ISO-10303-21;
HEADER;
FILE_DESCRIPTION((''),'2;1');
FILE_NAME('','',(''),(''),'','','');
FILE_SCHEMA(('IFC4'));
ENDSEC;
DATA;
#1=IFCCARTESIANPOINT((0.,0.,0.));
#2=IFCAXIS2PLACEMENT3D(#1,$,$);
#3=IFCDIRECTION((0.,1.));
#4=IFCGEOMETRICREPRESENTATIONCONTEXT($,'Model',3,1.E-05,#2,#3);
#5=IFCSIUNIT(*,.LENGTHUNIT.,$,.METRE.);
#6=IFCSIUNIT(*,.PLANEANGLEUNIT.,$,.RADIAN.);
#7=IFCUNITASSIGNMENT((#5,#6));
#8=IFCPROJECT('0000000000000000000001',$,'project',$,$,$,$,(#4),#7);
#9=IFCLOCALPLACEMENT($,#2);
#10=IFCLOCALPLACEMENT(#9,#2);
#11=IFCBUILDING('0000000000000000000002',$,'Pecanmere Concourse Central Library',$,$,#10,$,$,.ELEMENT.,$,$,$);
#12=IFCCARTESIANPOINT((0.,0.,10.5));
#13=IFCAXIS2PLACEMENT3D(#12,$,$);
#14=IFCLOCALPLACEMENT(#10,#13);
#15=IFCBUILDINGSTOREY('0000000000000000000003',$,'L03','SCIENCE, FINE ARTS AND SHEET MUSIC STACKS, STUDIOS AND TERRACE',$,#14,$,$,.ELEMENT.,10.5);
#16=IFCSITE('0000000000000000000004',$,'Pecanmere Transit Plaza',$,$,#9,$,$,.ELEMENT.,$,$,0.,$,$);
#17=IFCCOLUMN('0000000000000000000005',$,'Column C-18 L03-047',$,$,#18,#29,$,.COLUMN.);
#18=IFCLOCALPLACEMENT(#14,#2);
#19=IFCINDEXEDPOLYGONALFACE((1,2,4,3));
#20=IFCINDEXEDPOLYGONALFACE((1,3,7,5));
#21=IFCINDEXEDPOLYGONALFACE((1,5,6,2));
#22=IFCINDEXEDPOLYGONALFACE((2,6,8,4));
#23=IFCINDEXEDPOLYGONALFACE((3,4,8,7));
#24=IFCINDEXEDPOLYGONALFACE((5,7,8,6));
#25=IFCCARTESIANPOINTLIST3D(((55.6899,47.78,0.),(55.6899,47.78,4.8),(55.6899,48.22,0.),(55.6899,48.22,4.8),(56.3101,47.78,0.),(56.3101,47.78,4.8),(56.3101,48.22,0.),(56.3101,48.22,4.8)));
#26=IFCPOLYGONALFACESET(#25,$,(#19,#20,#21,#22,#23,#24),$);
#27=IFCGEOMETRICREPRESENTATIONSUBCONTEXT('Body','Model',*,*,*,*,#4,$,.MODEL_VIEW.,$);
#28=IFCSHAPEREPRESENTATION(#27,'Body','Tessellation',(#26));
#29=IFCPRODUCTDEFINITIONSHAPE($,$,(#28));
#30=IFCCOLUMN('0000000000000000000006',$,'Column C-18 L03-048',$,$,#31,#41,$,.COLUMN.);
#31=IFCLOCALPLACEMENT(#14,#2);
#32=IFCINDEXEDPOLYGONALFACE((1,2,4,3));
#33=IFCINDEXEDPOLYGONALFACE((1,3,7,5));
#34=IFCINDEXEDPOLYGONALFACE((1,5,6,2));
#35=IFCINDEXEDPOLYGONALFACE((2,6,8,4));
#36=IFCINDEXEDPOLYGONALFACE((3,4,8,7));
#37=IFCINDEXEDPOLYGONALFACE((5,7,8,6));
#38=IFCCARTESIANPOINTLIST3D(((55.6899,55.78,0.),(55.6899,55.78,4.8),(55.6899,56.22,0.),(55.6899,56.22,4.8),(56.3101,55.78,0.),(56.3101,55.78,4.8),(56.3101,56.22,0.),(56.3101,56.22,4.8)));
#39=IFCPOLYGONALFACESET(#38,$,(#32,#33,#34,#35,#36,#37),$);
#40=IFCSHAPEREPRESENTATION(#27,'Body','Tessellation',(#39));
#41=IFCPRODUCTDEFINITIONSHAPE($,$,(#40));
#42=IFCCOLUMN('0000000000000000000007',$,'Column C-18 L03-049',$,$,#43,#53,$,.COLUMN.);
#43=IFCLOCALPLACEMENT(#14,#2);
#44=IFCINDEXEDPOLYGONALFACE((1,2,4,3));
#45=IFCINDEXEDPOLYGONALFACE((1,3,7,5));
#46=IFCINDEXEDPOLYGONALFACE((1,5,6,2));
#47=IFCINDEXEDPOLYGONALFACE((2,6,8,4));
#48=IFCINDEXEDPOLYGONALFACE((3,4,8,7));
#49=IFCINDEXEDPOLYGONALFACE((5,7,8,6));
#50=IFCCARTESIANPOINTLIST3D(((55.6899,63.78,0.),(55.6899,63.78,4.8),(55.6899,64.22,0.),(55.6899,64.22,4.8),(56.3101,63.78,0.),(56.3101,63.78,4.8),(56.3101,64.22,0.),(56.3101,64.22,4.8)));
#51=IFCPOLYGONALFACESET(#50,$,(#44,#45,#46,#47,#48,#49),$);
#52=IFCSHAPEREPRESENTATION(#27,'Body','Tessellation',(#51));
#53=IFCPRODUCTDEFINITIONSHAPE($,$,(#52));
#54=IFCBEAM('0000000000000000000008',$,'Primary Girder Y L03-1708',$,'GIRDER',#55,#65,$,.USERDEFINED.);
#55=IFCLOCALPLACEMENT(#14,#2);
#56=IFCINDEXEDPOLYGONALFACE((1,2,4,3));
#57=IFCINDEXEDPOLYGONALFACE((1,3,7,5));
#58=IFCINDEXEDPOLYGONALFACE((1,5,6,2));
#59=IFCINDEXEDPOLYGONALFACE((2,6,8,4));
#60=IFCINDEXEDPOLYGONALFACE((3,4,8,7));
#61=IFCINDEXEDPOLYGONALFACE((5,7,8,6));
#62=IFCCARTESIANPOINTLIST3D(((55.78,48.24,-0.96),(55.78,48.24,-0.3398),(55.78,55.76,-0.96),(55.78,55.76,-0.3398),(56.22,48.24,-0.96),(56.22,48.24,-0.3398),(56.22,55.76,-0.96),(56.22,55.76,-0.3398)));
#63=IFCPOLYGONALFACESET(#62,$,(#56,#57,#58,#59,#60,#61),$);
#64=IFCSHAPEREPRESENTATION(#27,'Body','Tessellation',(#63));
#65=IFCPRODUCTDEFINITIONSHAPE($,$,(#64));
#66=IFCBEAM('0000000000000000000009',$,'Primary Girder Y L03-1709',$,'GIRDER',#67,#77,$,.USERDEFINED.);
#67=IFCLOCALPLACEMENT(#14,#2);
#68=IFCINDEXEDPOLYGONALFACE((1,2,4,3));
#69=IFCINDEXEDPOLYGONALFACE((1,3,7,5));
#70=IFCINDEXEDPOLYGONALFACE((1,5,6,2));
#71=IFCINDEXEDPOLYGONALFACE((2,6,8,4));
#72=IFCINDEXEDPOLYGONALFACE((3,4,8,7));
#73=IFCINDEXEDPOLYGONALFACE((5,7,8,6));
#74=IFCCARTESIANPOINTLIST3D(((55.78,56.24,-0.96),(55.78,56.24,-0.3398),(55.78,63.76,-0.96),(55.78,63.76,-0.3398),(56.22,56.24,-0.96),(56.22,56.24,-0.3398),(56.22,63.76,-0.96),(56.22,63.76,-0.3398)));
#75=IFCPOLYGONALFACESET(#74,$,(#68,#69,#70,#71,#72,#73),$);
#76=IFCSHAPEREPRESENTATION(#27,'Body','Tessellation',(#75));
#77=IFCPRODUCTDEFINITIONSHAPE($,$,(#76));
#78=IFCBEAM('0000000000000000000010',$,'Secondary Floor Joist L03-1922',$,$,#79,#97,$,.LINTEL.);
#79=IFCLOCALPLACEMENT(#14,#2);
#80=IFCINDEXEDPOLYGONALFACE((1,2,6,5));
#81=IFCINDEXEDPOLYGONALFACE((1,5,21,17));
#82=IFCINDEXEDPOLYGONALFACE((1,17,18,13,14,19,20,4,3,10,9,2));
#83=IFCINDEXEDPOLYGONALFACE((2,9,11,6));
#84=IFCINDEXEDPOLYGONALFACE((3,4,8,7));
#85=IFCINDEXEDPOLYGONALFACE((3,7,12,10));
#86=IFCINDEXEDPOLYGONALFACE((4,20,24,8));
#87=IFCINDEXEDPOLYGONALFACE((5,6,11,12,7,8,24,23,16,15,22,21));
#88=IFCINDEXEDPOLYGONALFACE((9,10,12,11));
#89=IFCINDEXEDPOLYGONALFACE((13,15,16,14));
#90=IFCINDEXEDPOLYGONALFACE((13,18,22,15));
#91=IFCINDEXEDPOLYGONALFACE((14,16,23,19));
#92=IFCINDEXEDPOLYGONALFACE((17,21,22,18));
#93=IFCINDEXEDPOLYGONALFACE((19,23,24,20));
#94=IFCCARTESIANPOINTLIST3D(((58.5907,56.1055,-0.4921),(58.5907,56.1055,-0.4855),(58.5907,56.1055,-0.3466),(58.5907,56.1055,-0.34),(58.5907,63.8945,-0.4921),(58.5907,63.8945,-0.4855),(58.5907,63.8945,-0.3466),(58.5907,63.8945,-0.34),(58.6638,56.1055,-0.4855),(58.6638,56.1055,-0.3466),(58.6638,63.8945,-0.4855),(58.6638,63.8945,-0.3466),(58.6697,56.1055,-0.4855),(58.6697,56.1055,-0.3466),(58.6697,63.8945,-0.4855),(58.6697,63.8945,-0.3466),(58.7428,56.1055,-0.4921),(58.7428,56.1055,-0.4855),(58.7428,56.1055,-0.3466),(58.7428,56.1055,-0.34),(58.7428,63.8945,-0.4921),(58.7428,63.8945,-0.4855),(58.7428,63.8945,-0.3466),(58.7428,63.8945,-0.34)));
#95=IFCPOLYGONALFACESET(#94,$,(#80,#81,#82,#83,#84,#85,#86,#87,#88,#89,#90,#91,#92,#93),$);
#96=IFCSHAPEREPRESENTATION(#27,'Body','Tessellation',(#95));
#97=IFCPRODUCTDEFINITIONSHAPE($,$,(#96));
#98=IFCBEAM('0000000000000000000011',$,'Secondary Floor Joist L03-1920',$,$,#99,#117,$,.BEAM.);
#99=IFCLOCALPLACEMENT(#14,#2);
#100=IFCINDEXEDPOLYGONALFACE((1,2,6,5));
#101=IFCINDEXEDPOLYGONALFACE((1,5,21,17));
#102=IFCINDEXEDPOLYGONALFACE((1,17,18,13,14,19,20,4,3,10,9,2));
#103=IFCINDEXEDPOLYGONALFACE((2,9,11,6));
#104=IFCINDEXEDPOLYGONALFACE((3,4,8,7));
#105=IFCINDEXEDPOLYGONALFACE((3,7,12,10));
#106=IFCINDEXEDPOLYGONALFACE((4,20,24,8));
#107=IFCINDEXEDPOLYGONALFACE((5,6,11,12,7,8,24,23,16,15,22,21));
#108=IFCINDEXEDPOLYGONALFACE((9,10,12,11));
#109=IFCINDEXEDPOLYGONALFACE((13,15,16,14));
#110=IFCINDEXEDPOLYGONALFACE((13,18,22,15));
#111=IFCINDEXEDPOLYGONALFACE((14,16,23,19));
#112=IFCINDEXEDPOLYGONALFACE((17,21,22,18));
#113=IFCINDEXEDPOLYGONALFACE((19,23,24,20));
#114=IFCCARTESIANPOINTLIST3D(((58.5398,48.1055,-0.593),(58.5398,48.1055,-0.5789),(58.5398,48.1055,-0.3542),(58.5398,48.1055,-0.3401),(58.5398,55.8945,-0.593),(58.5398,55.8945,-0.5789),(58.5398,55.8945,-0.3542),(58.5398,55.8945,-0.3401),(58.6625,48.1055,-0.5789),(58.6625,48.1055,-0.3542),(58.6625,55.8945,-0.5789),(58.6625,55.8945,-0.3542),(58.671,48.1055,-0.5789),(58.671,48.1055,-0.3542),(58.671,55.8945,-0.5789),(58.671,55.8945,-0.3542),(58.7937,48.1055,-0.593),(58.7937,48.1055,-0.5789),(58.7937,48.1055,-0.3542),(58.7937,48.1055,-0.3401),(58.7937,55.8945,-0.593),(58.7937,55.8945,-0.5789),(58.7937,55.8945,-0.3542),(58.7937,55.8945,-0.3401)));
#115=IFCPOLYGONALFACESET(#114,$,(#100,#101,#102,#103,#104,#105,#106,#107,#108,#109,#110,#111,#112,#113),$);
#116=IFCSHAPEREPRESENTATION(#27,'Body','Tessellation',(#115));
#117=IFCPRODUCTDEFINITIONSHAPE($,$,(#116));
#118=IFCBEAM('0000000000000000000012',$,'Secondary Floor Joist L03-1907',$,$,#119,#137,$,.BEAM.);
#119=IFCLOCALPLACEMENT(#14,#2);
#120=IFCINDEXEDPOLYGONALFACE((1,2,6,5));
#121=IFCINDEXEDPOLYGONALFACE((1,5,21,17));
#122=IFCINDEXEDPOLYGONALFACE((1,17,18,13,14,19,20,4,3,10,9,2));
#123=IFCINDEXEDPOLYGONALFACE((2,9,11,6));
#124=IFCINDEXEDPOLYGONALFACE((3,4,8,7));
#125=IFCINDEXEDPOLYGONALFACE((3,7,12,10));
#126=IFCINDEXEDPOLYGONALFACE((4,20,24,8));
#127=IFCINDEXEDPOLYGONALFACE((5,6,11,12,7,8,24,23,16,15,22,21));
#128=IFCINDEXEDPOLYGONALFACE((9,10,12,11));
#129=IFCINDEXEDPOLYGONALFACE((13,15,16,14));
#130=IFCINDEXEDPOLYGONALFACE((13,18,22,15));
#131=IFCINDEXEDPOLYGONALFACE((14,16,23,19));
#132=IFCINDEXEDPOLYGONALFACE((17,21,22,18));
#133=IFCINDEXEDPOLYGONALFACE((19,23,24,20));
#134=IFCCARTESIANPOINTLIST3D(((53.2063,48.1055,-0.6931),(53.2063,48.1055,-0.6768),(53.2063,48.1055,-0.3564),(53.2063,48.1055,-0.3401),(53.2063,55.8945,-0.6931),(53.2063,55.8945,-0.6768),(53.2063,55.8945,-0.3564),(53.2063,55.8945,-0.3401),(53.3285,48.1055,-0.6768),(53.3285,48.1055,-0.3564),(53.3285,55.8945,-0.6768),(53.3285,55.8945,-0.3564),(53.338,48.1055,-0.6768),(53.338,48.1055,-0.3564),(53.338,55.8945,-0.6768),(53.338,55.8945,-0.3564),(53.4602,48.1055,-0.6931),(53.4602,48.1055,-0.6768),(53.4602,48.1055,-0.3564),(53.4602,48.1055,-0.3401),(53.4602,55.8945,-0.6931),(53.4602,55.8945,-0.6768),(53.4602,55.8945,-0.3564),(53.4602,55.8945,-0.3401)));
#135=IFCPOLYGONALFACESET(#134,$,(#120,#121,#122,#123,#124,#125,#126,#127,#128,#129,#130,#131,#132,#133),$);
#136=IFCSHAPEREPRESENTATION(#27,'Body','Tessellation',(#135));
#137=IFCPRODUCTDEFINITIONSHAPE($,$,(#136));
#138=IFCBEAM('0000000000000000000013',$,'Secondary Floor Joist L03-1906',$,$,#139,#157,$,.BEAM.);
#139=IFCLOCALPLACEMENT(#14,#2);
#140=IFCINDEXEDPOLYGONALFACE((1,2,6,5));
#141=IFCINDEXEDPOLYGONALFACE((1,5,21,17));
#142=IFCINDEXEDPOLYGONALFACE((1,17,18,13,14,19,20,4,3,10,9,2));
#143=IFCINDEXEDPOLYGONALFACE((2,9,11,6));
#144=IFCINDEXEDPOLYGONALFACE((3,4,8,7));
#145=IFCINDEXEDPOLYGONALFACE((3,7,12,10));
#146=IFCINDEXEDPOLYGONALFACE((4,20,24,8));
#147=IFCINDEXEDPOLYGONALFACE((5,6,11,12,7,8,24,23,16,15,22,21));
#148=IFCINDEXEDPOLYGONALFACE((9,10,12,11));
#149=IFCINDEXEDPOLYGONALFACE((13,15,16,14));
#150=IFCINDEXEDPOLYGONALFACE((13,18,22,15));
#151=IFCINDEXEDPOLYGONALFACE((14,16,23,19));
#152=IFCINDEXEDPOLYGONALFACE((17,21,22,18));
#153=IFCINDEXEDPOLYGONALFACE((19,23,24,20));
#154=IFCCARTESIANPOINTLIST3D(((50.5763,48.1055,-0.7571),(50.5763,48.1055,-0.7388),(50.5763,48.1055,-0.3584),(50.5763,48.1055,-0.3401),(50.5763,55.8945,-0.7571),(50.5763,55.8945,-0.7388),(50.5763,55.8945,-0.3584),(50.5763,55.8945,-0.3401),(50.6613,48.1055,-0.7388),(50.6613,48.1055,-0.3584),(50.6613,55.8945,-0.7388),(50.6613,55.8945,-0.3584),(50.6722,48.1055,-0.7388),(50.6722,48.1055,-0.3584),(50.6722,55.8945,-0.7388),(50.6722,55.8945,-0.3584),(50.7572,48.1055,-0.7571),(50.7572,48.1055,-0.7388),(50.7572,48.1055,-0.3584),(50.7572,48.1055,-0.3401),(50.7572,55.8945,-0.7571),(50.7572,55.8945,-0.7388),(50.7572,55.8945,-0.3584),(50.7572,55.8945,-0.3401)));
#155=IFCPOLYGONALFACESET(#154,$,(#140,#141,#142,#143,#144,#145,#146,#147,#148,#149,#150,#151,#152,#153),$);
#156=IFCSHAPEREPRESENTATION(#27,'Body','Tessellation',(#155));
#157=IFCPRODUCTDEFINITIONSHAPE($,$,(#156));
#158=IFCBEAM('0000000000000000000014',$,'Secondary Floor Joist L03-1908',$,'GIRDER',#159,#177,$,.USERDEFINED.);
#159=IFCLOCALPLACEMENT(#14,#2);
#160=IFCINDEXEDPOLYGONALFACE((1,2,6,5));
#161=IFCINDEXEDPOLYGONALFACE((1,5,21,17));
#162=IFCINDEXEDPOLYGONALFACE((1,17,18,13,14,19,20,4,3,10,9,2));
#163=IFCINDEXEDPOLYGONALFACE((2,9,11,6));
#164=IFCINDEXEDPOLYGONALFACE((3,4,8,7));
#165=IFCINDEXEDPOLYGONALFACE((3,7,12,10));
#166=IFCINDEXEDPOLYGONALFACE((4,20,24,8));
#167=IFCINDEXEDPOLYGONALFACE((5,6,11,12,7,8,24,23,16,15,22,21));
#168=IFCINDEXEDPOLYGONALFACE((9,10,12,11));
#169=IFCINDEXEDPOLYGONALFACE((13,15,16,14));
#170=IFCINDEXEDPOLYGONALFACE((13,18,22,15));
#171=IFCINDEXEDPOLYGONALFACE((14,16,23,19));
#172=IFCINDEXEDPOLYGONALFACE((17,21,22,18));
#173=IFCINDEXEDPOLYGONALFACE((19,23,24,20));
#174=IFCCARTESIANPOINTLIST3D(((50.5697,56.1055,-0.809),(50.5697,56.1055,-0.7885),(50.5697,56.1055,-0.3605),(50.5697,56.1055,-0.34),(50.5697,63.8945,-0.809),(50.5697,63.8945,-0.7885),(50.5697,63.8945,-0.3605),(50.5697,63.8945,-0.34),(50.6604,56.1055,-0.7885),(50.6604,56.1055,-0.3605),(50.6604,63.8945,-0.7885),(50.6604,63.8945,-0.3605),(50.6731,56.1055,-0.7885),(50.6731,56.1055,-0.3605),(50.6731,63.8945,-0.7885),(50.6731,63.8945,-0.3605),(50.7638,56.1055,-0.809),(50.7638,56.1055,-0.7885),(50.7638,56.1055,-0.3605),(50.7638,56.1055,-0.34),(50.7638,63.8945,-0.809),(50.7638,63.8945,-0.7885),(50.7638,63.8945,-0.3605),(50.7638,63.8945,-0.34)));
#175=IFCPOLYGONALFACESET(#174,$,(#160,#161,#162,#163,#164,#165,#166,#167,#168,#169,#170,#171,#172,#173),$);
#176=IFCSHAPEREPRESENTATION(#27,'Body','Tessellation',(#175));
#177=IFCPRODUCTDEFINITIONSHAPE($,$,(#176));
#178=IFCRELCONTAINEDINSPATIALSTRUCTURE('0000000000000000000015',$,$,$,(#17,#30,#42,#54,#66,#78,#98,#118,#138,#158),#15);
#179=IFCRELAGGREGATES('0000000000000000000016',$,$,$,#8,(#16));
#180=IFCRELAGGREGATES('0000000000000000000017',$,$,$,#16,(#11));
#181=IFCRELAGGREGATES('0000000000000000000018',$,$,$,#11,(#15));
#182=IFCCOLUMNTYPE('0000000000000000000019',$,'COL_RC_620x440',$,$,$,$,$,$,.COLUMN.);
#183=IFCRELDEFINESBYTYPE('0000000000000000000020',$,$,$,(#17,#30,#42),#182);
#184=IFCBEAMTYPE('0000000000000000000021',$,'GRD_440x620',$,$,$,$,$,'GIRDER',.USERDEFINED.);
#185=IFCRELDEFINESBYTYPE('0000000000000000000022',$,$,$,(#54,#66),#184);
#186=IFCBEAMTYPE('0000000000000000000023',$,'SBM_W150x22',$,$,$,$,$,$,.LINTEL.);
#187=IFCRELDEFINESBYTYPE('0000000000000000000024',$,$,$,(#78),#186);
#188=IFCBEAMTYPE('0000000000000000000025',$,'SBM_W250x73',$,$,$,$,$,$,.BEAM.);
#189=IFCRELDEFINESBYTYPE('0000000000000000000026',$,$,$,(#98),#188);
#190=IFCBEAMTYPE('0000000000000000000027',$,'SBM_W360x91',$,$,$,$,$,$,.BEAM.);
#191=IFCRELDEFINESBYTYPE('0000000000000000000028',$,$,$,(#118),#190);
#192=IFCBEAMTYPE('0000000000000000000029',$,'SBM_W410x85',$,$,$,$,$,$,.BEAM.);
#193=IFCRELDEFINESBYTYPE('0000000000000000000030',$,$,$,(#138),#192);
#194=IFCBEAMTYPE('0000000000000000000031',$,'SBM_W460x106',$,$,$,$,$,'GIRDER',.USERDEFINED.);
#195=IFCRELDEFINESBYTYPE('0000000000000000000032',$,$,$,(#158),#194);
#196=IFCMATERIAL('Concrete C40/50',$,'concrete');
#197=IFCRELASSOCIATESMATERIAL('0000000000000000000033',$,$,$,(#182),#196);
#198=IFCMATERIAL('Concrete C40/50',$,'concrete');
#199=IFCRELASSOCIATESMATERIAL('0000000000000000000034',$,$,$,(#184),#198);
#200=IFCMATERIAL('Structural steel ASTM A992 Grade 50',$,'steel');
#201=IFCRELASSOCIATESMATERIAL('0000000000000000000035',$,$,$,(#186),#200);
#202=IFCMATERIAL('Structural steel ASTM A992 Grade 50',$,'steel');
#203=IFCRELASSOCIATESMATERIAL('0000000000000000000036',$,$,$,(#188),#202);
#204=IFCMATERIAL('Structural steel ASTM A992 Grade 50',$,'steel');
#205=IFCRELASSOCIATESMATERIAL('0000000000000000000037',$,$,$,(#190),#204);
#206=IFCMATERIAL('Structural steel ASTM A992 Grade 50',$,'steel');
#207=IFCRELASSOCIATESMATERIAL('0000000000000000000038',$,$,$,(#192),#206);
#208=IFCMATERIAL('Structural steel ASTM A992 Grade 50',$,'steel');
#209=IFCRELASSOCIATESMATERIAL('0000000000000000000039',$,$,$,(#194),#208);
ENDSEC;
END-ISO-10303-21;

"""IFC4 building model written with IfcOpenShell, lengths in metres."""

from ifc_helpers import new_model, si_unit, direction, frame, origin, origin_2d, place, context, subcontext, project, spatial, rectangle, i_section, extrude, material, material_profile, profile_set, type_object, element, save


model = new_model("IFC4")

# Units and contexts
model_context = context("Model", 3, precision=1e-05, world=origin(), true_north=direction((0.0, 1.0)))
body_context = subcontext(model_context, "Body", "Model", "MODEL_VIEW")
ifc_project = project(units=[si_unit("LENGTHUNIT", "METRE"), si_unit("PLANEANGLEUNIT", "RADIAN")], contexts=[model_context])

# Site, building, storey
site_placement = place(None, origin())
site = spatial("IfcSite", under=ifc_project, at=site_placement, Name="Pecanmere Transit Plaza", CompositionType="ELEMENT", RefElevation=0.0)
building_placement = place(site_placement, origin())
building = spatial("IfcBuilding", under=site, at=building_placement, Name="Pecanmere Concourse Central Library", CompositionType="ELEMENT")
storey_placement = place(building_placement, frame((0.0, 0.0, 10.5)))
storey = spatial("IfcBuildingStorey", under=building, at=storey_placement, Name="L03", Description="SCIENCE, FINE ARTS AND SHEET MUSIC STACKS, STUDIOS AND TERRACE", CompositionType="ELEMENT", Elevation=10.5)

# Columns
ifc_material_1 = material(Name="Concrete C40/50", Category="concrete")
ifc_material_profile_1 = material_profile(ifc_material_1, rectangle(XDim=0.6201, YDim=0.4399, at=origin_2d()), Name="RC 620x440")
ifc_profile_set_1 = profile_set([ifc_material_profile_1], Name="Concrete C40/50")
column_type = type_object("IfcColumnType", Name="COL_RC_620x440", PredefinedType="COLUMN", material=ifc_profile_set_1)
for number, where, z_axis, x_axis, name in (
    (1, (56.0, 48.0, 0.0), (0.0, 0.0, 1.0), (1.0, 0.0, 0.0), "Column C-18 L03-047"),
    (2, (56.0, 56.0, 0.0), (0.0, 0.0, 1.0), (1.0, 0.0, 0.0), "Column C-18 L03-048"),
    (3, (56.0, 64.0, 0.0), (0.0, 0.0, 1.0), (1.0, 0.0, 0.0), "Column C-18 L03-049"),
):
    element("IfcColumn", number, at=place(storey_placement, frame(where, z_axis=z_axis, x_axis=x_axis)), inside=storey, type_object=column_type, Name=name, PredefinedType="COLUMN", context=body_context, shape_type="SweptSolid", body=[
        extrude(rectangle(XDim=0.6201, YDim=0.4399, at=origin_2d()), origin(), (0.0, 0.0, 1.0), 4.8),
    ])

# Beams
ifc_material_2 = material(Name="Concrete C40/50", Category="concrete")
ifc_material_profile_2 = material_profile(ifc_material_2, rectangle(XDim=0.4399, YDim=0.6201, at=origin_2d()), Name="RC 440x620")
ifc_profile_set_2 = profile_set([ifc_material_profile_2], Name="Concrete C40/50")
beam_type_1 = type_object("IfcBeamType", Name="GRD_440x620", ElementType="GIRDER", PredefinedType="USERDEFINED", material=ifc_profile_set_2)
for number, where, z_axis, x_axis, name in (
    (4, (56.0, 48.24, -0.6499), (0.0, 1.0, 0.0), (-1.0, 0.0, 0.0), "Primary Girder Y L03-1708"),
    (5, (56.0, 56.24, -0.6499), (0.0, 1.0, 0.0), (-1.0, 0.0, 0.0), "Primary Girder Y L03-1709"),
):
    element("IfcBeam", number, at=place(storey_placement, frame(where, z_axis=z_axis, x_axis=x_axis)), inside=storey, type_object=beam_type_1, Name=name, ObjectType="GIRDER", PredefinedType="USERDEFINED", context=body_context, shape_type="SweptSolid", body=[
        extrude(rectangle(XDim=0.4399, YDim=0.6201, at=origin_2d()), origin(), (0.0, 0.0, 1.0), 7.52),
    ])
ifc_material_3 = material(Name="Structural steel ASTM A992 Grade 50", Category="steel")
ifc_material_profile_3 = material_profile(ifc_material_3, i_section(OverallWidth=0.1521, OverallDepth=0.1521, WebThickness=0.0059, FlangeThickness=0.0066, at=origin_2d()), Name="W150x22.5")
ifc_profile_set_3 = profile_set([ifc_material_profile_3], Name="Structural steel ASTM A992 Grade 50")
beam_type_2 = type_object("IfcBeamType", Name="SBM_W150x22", PredefinedType="LINTEL", material=ifc_profile_set_3)
beam_1_placement = place(storey_placement, frame((58.6667, 56.1055, -0.416), z_axis=(0.0, 1.0, 0.0), x_axis=(-1.0, 0.0, 0.0)))
element("IfcBeam", 6, at=beam_1_placement, inside=storey, type_object=beam_type_2, Name="Secondary Floor Joist L03-1922", PredefinedType="LINTEL", context=body_context, shape_type="SweptSolid", body=[
    extrude(i_section(OverallWidth=0.1521, OverallDepth=0.1521, WebThickness=0.0059, FlangeThickness=0.0066, at=origin_2d()), origin(), (0.0, 0.0, 1.0), 7.7891),
])
ifc_material_4 = material(Name="Structural steel ASTM A992 Grade 50", Category="steel")
ifc_material_profile_4 = material_profile(ifc_material_4, i_section(OverallWidth=0.2539, OverallDepth=0.2529, WebThickness=0.0085, FlangeThickness=0.0142, at=origin_2d()), Name="W250x73")
ifc_profile_set_4 = profile_set([ifc_material_profile_4], Name="Structural steel ASTM A992 Grade 50")
beam_type_3 = type_object("IfcBeamType", Name="SBM_W250x73", PredefinedType="BEAM", material=ifc_profile_set_4)
beam_2_placement = place(storey_placement, frame((58.6667, 48.1055, -0.4666), z_axis=(0.0, 1.0, 0.0), x_axis=(-1.0, 0.0, 0.0)))
element("IfcBeam", 7, at=beam_2_placement, inside=storey, type_object=beam_type_3, Name="Secondary Floor Joist L03-1920", PredefinedType="BEAM", context=body_context, shape_type="SweptSolid", body=[
    extrude(i_section(OverallWidth=0.2539, OverallDepth=0.2529, WebThickness=0.0085, FlangeThickness=0.0142, at=origin_2d()), origin(), (0.0, 0.0, 1.0), 7.7891),
])
ifc_material_5 = material(Name="Structural steel ASTM A992 Grade 50", Category="steel")
ifc_material_profile_5 = material_profile(ifc_material_5, i_section(OverallWidth=0.2539, OverallDepth=0.353, WebThickness=0.0095, FlangeThickness=0.0164, at=origin_2d()), Name="W360x91")
ifc_profile_set_5 = profile_set([ifc_material_profile_5], Name="Structural steel ASTM A992 Grade 50")
beam_type_4 = type_object("IfcBeamType", Name="SBM_W360x91", PredefinedType="BEAM", material=ifc_profile_set_5)
beam_3_placement = place(storey_placement, frame((53.3333, 48.1055, -0.5166), z_axis=(0.0, 1.0, 0.0), x_axis=(-1.0, 0.0, 0.0)))
element("IfcBeam", 8, at=beam_3_placement, inside=storey, type_object=beam_type_4, Name="Secondary Floor Joist L03-1907", PredefinedType="BEAM", context=body_context, shape_type="SweptSolid", body=[
    extrude(i_section(OverallWidth=0.2539, OverallDepth=0.353, WebThickness=0.0095, FlangeThickness=0.0164, at=origin_2d()), origin(), (0.0, 0.0, 1.0), 7.7891),
])
ifc_material_6 = material(Name="Structural steel ASTM A992 Grade 50", Category="steel")
ifc_material_profile_6 = material_profile(ifc_material_6, i_section(OverallWidth=0.1809, OverallDepth=0.417, WebThickness=0.011, FlangeThickness=0.0183, at=origin_2d()), Name="W410x85")
ifc_profile_set_6 = profile_set([ifc_material_profile_6], Name="Structural steel ASTM A992 Grade 50")
beam_type_5 = type_object("IfcBeamType", Name="SBM_W410x85", PredefinedType="BEAM", material=ifc_profile_set_6)
beam_4_placement = place(storey_placement, frame((50.6667, 48.1055, -0.5486), z_axis=(0.0, 1.0, 0.0), x_axis=(-1.0, 0.0, 0.0)))
element("IfcBeam", 9, at=beam_4_placement, inside=storey, type_object=beam_type_5, Name="Secondary Floor Joist L03-1906", PredefinedType="BEAM", context=body_context, shape_type="SweptSolid", body=[
    extrude(i_section(OverallWidth=0.1809, OverallDepth=0.417, WebThickness=0.011, FlangeThickness=0.0183, at=origin_2d()), origin(), (0.0, 0.0, 1.0), 7.7891),
])
ifc_material_7 = material(Name="Structural steel ASTM A992 Grade 50", Category="steel")
ifc_material_profile_7 = material_profile(ifc_material_7, i_section(OverallWidth=0.1941, OverallDepth=0.469, WebThickness=0.0127, FlangeThickness=0.0205, at=origin_2d()), Name="W460x106")
ifc_profile_set_7 = profile_set([ifc_material_profile_7], Name="Structural steel ASTM A992 Grade 50")
beam_type_6 = type_object("IfcBeamType", Name="SBM_W460x106", ElementType="GIRDER", PredefinedType="USERDEFINED", material=ifc_profile_set_7)
beam_5_placement = place(storey_placement, frame((50.6667, 56.1055, -0.5745), z_axis=(0.0, 1.0, 0.0), x_axis=(-1.0, 0.0, 0.0)))
element("IfcBeam", 10, at=beam_5_placement, inside=storey, type_object=beam_type_6, Name="Secondary Floor Joist L03-1908", ObjectType="GIRDER", PredefinedType="USERDEFINED", context=body_context, shape_type="SweptSolid", body=[
    extrude(i_section(OverallWidth=0.1941, OverallDepth=0.469, WebThickness=0.0127, FlangeThickness=0.0205, at=origin_2d()), origin(), (0.0, 0.0, 1.0), 7.7891),
])

save(model, "model.ifc")
